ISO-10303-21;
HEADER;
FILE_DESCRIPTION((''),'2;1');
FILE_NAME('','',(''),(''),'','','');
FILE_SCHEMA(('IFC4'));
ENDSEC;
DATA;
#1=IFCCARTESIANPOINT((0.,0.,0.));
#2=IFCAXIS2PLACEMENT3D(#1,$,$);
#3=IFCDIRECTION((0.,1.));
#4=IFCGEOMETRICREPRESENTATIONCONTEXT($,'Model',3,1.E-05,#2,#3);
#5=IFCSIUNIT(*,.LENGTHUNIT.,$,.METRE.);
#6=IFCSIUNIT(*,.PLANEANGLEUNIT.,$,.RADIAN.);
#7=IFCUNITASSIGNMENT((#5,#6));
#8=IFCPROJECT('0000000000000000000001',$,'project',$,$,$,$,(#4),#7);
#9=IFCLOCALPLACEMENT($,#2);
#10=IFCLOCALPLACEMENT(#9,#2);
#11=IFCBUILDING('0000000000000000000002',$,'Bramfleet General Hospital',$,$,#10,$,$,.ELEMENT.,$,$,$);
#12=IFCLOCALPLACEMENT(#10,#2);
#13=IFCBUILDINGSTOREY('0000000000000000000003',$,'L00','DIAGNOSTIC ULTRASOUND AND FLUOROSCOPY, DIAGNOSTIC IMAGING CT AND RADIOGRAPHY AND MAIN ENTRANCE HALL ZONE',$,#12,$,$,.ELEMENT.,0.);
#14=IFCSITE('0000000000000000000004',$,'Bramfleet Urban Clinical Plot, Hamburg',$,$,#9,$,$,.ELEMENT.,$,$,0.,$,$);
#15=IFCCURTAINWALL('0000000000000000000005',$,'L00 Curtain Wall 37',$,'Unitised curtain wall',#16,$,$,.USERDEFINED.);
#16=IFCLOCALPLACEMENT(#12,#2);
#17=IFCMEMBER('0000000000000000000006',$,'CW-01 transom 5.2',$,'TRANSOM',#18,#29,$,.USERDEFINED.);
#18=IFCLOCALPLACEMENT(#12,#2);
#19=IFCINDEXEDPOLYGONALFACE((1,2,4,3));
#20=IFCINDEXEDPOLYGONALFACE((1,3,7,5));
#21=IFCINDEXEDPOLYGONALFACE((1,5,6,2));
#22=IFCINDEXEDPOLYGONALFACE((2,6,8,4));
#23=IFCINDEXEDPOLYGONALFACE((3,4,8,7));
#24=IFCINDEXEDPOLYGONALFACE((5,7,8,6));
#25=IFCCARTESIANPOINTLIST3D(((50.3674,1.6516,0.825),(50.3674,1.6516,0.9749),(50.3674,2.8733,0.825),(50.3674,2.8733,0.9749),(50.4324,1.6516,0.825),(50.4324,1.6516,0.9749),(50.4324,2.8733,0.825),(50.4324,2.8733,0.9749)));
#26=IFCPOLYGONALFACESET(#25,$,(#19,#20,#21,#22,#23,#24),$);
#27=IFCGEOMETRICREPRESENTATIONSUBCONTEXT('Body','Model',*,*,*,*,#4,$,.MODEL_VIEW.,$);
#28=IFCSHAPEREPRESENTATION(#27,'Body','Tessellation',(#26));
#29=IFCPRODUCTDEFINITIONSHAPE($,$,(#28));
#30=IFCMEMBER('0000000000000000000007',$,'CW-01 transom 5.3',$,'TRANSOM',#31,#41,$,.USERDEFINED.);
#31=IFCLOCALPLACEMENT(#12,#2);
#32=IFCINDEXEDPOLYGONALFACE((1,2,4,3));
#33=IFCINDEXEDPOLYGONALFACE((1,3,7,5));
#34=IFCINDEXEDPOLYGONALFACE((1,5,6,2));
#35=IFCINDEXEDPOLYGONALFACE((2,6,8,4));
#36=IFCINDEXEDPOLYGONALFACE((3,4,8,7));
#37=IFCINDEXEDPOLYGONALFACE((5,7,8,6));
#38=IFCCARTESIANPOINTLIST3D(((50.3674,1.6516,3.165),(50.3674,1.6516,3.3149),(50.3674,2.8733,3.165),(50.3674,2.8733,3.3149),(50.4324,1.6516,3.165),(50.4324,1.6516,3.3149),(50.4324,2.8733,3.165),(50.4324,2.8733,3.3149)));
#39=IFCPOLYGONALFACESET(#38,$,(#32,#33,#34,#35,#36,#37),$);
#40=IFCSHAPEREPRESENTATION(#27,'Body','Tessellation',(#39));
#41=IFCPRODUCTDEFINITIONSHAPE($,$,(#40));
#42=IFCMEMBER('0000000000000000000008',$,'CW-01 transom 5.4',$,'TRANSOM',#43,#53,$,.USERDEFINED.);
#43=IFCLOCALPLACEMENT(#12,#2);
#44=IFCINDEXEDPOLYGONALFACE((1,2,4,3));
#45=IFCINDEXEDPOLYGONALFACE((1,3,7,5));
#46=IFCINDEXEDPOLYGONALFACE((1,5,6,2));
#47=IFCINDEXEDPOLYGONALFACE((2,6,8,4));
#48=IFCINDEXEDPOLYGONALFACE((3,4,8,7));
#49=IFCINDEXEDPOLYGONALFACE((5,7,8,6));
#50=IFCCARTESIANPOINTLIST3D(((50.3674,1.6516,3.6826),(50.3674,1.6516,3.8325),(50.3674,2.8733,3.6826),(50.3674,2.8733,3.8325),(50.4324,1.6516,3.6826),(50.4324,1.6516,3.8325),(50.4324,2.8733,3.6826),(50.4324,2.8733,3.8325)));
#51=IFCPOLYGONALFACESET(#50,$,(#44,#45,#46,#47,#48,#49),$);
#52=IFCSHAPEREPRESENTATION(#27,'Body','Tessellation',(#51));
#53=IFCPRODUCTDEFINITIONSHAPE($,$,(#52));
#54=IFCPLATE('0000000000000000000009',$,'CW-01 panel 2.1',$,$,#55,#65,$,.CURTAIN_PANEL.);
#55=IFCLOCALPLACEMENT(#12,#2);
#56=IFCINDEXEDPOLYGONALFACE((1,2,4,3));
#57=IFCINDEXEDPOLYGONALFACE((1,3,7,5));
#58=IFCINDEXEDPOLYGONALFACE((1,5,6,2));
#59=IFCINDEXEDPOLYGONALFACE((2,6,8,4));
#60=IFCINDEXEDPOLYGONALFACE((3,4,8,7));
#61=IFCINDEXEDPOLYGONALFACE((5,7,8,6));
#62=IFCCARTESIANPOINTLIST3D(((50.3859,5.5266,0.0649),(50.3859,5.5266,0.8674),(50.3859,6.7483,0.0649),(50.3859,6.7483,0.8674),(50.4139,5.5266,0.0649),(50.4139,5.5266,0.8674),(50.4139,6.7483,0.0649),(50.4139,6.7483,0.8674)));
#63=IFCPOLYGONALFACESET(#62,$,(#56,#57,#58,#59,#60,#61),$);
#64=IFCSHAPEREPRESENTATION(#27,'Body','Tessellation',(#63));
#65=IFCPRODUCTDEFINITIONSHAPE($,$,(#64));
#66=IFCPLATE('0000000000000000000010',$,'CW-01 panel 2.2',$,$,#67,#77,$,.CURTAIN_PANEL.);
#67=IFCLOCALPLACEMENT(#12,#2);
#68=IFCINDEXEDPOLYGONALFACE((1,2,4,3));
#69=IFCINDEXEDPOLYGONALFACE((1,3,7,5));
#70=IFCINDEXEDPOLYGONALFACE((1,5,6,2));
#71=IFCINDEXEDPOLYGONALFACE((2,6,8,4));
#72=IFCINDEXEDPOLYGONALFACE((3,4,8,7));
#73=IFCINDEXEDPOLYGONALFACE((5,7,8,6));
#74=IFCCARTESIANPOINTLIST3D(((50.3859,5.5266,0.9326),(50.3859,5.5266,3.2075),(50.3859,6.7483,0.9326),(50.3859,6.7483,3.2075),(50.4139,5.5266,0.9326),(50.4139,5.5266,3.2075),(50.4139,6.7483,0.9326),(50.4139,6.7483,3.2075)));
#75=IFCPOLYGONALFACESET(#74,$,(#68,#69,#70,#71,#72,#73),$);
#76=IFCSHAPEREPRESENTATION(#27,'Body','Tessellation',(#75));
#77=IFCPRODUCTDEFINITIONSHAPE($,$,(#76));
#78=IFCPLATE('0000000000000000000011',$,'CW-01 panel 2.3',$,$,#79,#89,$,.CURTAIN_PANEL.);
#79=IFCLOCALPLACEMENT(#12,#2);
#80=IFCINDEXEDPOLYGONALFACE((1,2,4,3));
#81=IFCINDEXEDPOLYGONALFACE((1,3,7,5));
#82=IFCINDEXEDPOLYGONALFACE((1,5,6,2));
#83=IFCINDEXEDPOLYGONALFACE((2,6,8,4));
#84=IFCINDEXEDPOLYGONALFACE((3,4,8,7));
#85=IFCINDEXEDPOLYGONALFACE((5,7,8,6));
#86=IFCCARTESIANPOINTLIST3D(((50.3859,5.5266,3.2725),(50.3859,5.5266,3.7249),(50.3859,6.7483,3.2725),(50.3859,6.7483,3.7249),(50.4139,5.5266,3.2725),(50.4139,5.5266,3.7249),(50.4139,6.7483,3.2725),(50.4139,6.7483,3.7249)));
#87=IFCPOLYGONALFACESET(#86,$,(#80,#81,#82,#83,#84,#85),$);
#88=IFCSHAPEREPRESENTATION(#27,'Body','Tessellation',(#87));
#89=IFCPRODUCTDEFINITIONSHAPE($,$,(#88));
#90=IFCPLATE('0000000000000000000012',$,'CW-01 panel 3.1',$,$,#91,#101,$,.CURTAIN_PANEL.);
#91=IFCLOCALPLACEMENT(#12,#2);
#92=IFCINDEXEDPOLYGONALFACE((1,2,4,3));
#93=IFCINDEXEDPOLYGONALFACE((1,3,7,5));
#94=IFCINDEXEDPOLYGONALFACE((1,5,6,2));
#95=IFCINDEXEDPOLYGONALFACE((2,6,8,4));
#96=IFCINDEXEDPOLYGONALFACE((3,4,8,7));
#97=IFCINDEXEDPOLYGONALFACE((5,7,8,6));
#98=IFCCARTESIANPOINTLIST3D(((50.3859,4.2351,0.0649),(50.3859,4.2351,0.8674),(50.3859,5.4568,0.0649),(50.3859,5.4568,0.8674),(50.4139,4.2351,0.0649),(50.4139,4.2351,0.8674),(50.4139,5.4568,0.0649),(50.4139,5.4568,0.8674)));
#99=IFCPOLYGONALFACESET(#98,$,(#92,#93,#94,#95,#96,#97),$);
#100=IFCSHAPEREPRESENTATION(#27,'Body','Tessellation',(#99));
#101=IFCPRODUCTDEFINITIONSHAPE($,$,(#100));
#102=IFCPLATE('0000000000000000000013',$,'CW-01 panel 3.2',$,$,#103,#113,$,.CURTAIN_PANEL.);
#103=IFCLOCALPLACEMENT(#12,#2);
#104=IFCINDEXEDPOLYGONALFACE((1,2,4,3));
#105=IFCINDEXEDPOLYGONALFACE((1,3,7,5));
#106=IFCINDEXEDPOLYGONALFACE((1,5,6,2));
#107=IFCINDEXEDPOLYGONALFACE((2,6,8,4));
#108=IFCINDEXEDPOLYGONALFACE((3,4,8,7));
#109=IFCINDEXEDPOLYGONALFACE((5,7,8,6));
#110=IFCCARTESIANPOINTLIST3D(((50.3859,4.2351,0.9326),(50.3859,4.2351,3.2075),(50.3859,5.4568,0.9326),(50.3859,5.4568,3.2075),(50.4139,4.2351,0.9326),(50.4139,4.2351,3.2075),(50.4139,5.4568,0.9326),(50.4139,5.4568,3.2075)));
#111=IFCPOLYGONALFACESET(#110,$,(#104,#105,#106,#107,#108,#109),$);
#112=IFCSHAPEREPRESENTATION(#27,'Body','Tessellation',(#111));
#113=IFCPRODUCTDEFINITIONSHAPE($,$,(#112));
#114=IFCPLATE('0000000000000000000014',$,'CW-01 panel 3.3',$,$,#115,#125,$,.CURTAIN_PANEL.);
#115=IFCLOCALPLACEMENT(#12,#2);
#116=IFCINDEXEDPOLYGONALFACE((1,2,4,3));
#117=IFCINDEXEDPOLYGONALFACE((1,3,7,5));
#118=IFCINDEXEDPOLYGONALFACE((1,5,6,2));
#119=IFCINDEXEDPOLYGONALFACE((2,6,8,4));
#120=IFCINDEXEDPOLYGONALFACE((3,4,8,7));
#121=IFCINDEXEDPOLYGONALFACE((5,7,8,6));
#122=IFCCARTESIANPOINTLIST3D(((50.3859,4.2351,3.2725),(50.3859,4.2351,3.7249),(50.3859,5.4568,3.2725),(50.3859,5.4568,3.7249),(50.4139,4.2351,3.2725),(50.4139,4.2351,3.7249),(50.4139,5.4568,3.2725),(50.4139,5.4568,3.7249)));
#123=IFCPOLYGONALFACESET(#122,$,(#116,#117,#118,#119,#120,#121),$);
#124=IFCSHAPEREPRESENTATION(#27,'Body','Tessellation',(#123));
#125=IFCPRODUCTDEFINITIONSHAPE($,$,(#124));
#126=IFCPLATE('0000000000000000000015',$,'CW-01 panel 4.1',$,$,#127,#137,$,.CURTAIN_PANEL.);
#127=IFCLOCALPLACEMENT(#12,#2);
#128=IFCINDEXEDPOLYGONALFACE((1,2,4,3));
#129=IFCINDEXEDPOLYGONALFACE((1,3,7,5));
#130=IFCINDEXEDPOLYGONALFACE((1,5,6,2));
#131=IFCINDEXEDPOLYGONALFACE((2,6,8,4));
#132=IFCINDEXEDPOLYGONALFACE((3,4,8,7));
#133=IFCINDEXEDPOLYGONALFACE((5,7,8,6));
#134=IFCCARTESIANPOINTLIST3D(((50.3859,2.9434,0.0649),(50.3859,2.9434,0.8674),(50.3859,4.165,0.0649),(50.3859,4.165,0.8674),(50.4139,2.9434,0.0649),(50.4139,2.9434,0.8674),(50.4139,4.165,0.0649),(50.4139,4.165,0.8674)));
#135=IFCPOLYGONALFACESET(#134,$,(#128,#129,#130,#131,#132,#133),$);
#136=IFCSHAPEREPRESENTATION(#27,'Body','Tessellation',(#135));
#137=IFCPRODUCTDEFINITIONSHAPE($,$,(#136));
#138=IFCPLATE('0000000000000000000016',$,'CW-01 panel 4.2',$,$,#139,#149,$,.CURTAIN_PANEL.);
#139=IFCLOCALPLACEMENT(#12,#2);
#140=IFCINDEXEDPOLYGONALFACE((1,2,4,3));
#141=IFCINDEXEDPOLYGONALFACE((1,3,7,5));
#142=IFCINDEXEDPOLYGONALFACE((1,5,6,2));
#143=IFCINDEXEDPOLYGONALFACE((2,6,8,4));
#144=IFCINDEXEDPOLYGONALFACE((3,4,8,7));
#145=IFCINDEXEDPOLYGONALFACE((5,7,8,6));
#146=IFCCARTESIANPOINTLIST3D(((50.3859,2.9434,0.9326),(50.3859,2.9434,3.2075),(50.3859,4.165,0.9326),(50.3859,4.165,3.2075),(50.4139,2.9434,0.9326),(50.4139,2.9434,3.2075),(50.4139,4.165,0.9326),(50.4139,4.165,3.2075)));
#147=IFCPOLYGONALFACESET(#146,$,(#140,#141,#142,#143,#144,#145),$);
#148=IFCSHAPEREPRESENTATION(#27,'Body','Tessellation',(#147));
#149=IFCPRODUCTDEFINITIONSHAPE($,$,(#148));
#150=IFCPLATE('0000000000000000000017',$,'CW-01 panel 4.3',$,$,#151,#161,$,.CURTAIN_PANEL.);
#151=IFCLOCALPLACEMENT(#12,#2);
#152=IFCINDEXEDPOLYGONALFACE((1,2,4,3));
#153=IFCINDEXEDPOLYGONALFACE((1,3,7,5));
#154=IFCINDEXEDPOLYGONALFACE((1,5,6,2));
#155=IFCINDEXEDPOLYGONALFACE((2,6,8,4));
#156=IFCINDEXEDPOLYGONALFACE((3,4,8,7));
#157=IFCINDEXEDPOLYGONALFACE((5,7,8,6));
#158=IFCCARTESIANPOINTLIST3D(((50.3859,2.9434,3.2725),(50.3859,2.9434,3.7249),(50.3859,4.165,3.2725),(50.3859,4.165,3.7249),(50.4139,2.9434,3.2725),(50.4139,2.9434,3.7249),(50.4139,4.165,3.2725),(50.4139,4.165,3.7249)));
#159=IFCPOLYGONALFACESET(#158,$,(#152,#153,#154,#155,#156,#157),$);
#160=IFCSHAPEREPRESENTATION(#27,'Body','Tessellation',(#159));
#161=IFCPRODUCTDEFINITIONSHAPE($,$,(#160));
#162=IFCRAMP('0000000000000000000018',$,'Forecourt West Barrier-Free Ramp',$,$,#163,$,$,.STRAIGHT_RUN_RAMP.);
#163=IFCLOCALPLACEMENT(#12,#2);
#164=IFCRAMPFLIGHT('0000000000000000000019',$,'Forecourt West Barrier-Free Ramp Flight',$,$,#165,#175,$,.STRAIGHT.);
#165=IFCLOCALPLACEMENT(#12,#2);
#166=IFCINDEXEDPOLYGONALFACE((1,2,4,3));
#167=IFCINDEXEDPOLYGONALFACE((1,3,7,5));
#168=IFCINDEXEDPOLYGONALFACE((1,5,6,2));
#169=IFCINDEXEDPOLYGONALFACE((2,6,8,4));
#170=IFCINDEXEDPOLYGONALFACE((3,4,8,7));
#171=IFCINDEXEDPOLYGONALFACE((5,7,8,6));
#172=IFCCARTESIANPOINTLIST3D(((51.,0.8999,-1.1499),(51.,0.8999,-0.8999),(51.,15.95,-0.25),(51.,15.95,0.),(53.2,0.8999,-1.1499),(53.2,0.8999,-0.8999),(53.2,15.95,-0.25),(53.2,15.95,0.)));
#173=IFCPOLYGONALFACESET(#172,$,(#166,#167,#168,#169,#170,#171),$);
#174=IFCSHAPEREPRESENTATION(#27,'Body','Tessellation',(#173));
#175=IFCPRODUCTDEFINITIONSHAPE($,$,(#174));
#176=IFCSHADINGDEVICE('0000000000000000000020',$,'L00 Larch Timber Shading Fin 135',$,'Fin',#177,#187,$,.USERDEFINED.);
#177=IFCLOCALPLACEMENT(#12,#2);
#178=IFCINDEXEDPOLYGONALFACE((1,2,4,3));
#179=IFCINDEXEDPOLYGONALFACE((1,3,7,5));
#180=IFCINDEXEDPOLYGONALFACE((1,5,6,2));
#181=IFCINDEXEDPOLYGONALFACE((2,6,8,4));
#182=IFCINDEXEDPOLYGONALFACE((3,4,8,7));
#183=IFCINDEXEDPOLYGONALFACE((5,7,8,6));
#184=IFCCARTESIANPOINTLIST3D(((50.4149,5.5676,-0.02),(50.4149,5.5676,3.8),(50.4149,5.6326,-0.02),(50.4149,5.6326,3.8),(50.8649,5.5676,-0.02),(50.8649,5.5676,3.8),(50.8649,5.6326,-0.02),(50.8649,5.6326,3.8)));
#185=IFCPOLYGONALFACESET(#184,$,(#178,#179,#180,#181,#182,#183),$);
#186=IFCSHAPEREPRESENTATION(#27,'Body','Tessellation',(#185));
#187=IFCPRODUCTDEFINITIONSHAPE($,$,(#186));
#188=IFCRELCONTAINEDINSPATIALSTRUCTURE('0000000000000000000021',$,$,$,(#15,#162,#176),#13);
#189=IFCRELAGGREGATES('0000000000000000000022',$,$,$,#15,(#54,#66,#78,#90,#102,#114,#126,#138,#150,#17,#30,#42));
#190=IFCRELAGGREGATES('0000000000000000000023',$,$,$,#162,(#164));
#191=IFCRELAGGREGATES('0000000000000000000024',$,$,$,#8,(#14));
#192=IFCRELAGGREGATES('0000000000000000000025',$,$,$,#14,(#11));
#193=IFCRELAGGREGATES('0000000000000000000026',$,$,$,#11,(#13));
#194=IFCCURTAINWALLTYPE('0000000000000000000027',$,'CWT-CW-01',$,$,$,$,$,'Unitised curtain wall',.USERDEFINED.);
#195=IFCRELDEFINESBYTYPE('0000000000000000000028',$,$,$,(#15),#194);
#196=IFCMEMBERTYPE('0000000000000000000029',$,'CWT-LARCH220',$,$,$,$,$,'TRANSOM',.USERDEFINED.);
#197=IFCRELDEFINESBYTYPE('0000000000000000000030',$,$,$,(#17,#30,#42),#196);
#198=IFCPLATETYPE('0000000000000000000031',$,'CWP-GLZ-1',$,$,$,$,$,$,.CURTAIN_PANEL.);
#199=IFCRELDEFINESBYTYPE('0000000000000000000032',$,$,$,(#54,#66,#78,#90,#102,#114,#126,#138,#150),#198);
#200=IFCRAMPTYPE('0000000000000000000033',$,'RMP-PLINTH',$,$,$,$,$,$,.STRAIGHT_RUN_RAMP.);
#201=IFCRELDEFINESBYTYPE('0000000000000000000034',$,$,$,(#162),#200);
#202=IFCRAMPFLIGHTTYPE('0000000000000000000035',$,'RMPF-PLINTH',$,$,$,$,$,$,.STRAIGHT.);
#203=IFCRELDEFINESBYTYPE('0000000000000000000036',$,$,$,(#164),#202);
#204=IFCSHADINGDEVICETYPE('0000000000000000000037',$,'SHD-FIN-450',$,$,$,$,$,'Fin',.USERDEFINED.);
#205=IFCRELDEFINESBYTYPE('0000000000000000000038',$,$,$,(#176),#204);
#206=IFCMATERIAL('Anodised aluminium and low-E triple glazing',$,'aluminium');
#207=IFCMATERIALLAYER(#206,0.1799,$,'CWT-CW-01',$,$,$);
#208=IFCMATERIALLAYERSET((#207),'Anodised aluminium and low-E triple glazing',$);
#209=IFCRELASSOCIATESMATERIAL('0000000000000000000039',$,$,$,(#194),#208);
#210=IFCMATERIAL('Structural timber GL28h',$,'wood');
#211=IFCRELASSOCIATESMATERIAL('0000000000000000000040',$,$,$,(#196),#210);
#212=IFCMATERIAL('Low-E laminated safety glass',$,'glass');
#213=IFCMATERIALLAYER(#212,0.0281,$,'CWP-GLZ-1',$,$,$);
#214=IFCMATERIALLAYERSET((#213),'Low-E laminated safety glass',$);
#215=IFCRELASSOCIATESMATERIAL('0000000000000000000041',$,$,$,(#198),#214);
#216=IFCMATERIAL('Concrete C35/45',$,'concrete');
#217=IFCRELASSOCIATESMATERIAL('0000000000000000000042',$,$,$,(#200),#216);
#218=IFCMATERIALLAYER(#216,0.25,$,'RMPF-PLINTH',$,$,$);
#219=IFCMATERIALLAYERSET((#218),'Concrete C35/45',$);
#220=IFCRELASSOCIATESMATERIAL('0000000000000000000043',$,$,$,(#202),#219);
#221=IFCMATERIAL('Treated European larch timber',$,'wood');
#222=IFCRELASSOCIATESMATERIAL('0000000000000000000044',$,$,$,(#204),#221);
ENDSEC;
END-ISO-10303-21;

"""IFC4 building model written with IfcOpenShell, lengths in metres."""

from ifc_helpers import new_model, si_unit, direction, frame, origin, origin_2d, place, context, subcontext, project, spatial, polyline, rectangle, outline, extrude, material, layer, layer_set, material_profile, profile_set, type_object, element, aggregate, save


model = new_model("IFC4")

# Units and contexts
model_context = context("Model", 3, precision=1e-05, world=origin(), true_north=direction((0.0, 1.0)))
body_context = subcontext(model_context, "Body", "Model", "MODEL_VIEW")
ifc_project = project(units=[si_unit("LENGTHUNIT", "METRE"), si_unit("PLANEANGLEUNIT", "RADIAN")], contexts=[model_context])

# Site, building, storey
site_placement = place(None, origin())
site = spatial("IfcSite", under=ifc_project, at=site_placement, Name="Bramfleet Urban Clinical Plot, Hamburg", CompositionType="ELEMENT", RefElevation=0.0)
building_placement = place(site_placement, origin())
building = spatial("IfcBuilding", under=site, at=building_placement, Name="Bramfleet General Hospital", CompositionType="ELEMENT")
storey_placement = place(building_placement, origin())
storey = spatial("IfcBuildingStorey", under=building, at=storey_placement, Name="L00", Description="DIAGNOSTIC ULTRASOUND AND FLUOROSCOPY, DIAGNOSTIC IMAGING CT AND RADIOGRAPHY AND MAIN ENTRANCE HALL ZONE", CompositionType="ELEMENT", Elevation=0.0)

# Curtain wall, members, plates
ifc_material_1 = material(Name="Anodised aluminium and low-E triple glazing", Category="aluminium")
ifc_layer_1 = layer(ifc_material_1, 0.1799, Name="CWT-CW-01")
ifc_layer_set_1 = layer_set([ifc_layer_1], Name="Anodised aluminium and low-E triple glazing")
curtain_wall_type = type_object("IfcCurtainWallType", Name="CWT-CW-01", ElementType="Unitised curtain wall", PredefinedType="USERDEFINED", material=ifc_layer_set_1)
curtain_wall_placement = place(storey_placement, origin())
curtain_wall = element("IfcCurtainWall", 1, at=curtain_wall_placement, inside=storey, type_object=curtain_wall_type, Name="L00 Curtain Wall 37", ObjectType="Unitised curtain wall", PredefinedType="USERDEFINED")
ifc_material_2 = material(Name="Structural timber GL28h", Category="wood")
ifc_material_profile_1 = material_profile(ifc_material_2, rectangle(XDim=0.0649, YDim=0.1499, at=origin_2d()), Name="LARCH 150x65")
ifc_profile_set_1 = profile_set([ifc_material_profile_1], Name="Structural timber GL28h")
member_type_1 = type_object("IfcMemberType", Name="CWT-LARCH220", ElementType="TRANSOM", PredefinedType="USERDEFINED", material=ifc_profile_set_1)
member_1_placement = place(storey_placement, frame((50.3999, 2.8733, 0.8999), z_axis=(0.0, -1.0, 0.0), x_axis=(1.0, 0.0, 0.0)))
member_1 = element("IfcMember", 2, at=member_1_placement, type_object=member_type_1, Name="CW-01 transom 5.2", ObjectType="TRANSOM", PredefinedType="USERDEFINED", context=body_context, shape_type="SweptSolid", body=[
    extrude(rectangle(XDim=0.0649, YDim=0.1499, at=origin_2d()), origin(), (0.0, 0.0, 1.0), 1.2217),
])
member_2_placement = place(storey_placement, frame((50.3999, 2.8733, 3.24), z_axis=(0.0, -1.0, 0.0), x_axis=(1.0, 0.0, 0.0)))
member_2 = element("IfcMember", 3, at=member_2_placement, type_object=member_type_1, Name="CW-01 transom 5.3", ObjectType="TRANSOM", PredefinedType="USERDEFINED", context=body_context, shape_type="SweptSolid", body=[
    extrude(rectangle(XDim=0.0649, YDim=0.1499, at=origin_2d()), origin(), (0.0, 0.0, 1.0), 1.2217),
])
member_3_placement = place(storey_placement, frame((50.3999, 2.8733, 3.7576), z_axis=(0.0, -1.0, 0.0), x_axis=(1.0, 0.0, 0.0)))
member_3 = element("IfcMember", 4, at=member_3_placement, type_object=member_type_1, Name="CW-01 transom 5.4", ObjectType="TRANSOM", PredefinedType="USERDEFINED", context=body_context, shape_type="SweptSolid", body=[
    extrude(rectangle(XDim=0.0649, YDim=0.1499, at=origin_2d()), origin(), (0.0, 0.0, 1.0), 1.2217),
])
ifc_material_3 = material(Name="Low-E laminated safety glass", Category="glass")
ifc_layer_2 = layer(ifc_material_3, 0.0281, Name="CWP-GLZ-1")
ifc_layer_set_2 = layer_set([ifc_layer_2], Name="Low-E laminated safety glass")
plate_type = type_object("IfcPlateType", Name="CWP-GLZ-1", PredefinedType="CURTAIN_PANEL", material=ifc_layer_set_2)
plate_1_placement = place(storey_placement, frame((50.3999, 6.1375, 0.0649), z_axis=(0.0, 0.0, 1.0), x_axis=(0.0, -1.0, 0.0)))
plate_1 = element("IfcPlate", 5, at=plate_1_placement, type_object=plate_type, Name="CW-01 panel 2.1", PredefinedType="CURTAIN_PANEL", context=body_context, shape_type="SweptSolid", body=[
    extrude(rectangle(XDim=1.2217, YDim=0.0281, at=origin_2d()), origin(), (0.0, 0.0, 1.0), 0.8025),
])
plate_2_placement = place(storey_placement, frame((50.3999, 6.1375, 0.9326), z_axis=(0.0, 0.0, 1.0), x_axis=(0.0, -1.0, 0.0)))
plate_2 = element("IfcPlate", 6, at=plate_2_placement, type_object=plate_type, Name="CW-01 panel 2.2", PredefinedType="CURTAIN_PANEL", context=body_context, shape_type="SweptSolid", body=[
    extrude(rectangle(XDim=1.2217, YDim=0.0281, at=origin_2d()), origin(), (0.0, 0.0, 1.0), 2.2749),
])
plate_3_placement = place(storey_placement, frame((50.3999, 6.1375, 3.2725), z_axis=(0.0, 0.0, 1.0), x_axis=(0.0, -1.0, 0.0)))
plate_3 = element("IfcPlate", 7, at=plate_3_placement, type_object=plate_type, Name="CW-01 panel 2.3", PredefinedType="CURTAIN_PANEL", context=body_context, shape_type="SweptSolid", body=[
    extrude(rectangle(XDim=1.2217, YDim=0.0281, at=origin_2d()), origin(), (0.0, 0.0, 1.0), 0.4524),
])
plate_4_placement = place(storey_placement, frame((50.3999, 4.8459, 0.0649), z_axis=(0.0, 0.0, 1.0), x_axis=(0.0, -1.0, 0.0)))
plate_4 = element("IfcPlate", 8, at=plate_4_placement, type_object=plate_type, Name="CW-01 panel 3.1", PredefinedType="CURTAIN_PANEL", context=body_context, shape_type="SweptSolid", body=[
    extrude(rectangle(XDim=1.2217, YDim=0.0281, at=origin_2d()), origin(), (0.0, 0.0, 1.0), 0.8025),
])
plate_5_placement = place(storey_placement, frame((50.3999, 4.8459, 0.9326), z_axis=(0.0, 0.0, 1.0), x_axis=(0.0, -1.0, 0.0)))
plate_5 = element("IfcPlate", 9, at=plate_5_placement, type_object=plate_type, Name="CW-01 panel 3.2", PredefinedType="CURTAIN_PANEL", context=body_context, shape_type="SweptSolid", body=[
    extrude(rectangle(XDim=1.2217, YDim=0.0281, at=origin_2d()), origin(), (0.0, 0.0, 1.0), 2.2749),
])
plate_6_placement = place(storey_placement, frame((50.3999, 4.8459, 3.2725), z_axis=(0.0, 0.0, 1.0), x_axis=(0.0, -1.0, 0.0)))
plate_6 = element("IfcPlate", 10, at=plate_6_placement, type_object=plate_type, Name="CW-01 panel 3.3", PredefinedType="CURTAIN_PANEL", context=body_context, shape_type="SweptSolid", body=[
    extrude(rectangle(XDim=1.2217, YDim=0.0281, at=origin_2d()), origin(), (0.0, 0.0, 1.0), 0.4524),
])
plate_7_placement = place(storey_placement, frame((50.3999, 3.5542, 0.0649), z_axis=(0.0, 0.0, 1.0), x_axis=(0.0, -1.0, 0.0)))
plate_7 = element("IfcPlate", 11, at=plate_7_placement, type_object=plate_type, Name="CW-01 panel 4.1", PredefinedType="CURTAIN_PANEL", context=body_context, shape_type="SweptSolid", body=[
    extrude(rectangle(XDim=1.2217, YDim=0.0281, at=origin_2d()), origin(), (0.0, 0.0, 1.0), 0.8025),
])
plate_8_placement = place(storey_placement, frame((50.3999, 3.5542, 0.9326), z_axis=(0.0, 0.0, 1.0), x_axis=(0.0, -1.0, 0.0)))
plate_8 = element("IfcPlate", 12, at=plate_8_placement, type_object=plate_type, Name="CW-01 panel 4.2", PredefinedType="CURTAIN_PANEL", context=body_context, shape_type="SweptSolid", body=[
    extrude(rectangle(XDim=1.2217, YDim=0.0281, at=origin_2d()), origin(), (0.0, 0.0, 1.0), 2.2749),
])
plate_9_placement = place(storey_placement, frame((50.3999, 3.5542, 3.2725), z_axis=(0.0, 0.0, 1.0), x_axis=(0.0, -1.0, 0.0)))
plate_9 = element("IfcPlate", 13, at=plate_9_placement, type_object=plate_type, Name="CW-01 panel 4.3", PredefinedType="CURTAIN_PANEL", context=body_context, shape_type="SweptSolid", body=[
    extrude(rectangle(XDim=1.2217, YDim=0.0281, at=origin_2d()), origin(), (0.0, 0.0, 1.0), 0.4524),
])
aggregate(curtain_wall, [plate_1, plate_2, plate_3, plate_4, plate_5, plate_6, plate_7, plate_8, plate_9, member_1, member_2, member_3])

# Ramp, ramp flight
ifc_material_4 = material(Name="Concrete C35/45", Category="concrete")
ramp_type = type_object("IfcRampType", Name="RMP-PLINTH", PredefinedType="STRAIGHT_RUN_RAMP", material=ifc_material_4)
ramp_placement = place(storey_placement, origin())
ramp = element("IfcRamp", 14, at=ramp_placement, inside=storey, type_object=ramp_type, Name="Forecourt West Barrier-Free Ramp", PredefinedType="STRAIGHT_RUN_RAMP")
ifc_layer_3 = layer(ifc_material_4, 0.25, Name="RMPF-PLINTH")
ifc_layer_set_3 = layer_set([ifc_layer_3], Name="Concrete C35/45")
ramp_flight_type = type_object("IfcRampFlightType", Name="RMPF-PLINTH", PredefinedType="STRAIGHT", material=ifc_layer_set_3)
ramp_flight_placement = place(storey_placement, frame((52.1001, 0.8999, -0.8999), z_axis=(0.0, 0.0, 1.0), x_axis=(0.0, 1.0, 0.0)))
ramp_flight = element("IfcRampFlight", 15, at=ramp_flight_placement, type_object=ramp_flight_type, Name="Forecourt West Barrier-Free Ramp Flight", PredefinedType="STRAIGHT", context=body_context, shape_type="SweptSolid", body=[
    extrude(outline(polyline([(0.0, 0.0), (0.0, -0.25), (15.05, 0.6499), (15.05, 0.8999), (0.0, 0.0)])), frame((0.0, 1.1001, 0.0), z_axis=(0.0, -1.0, 0.0), x_axis=(1.0, 0.0, 0.0)), (0.0, 0.0, 1.0), 2.2),
])
aggregate(ramp, [ramp_flight])

# Shading device
ifc_material_5 = material(Name="Treated European larch timber", Category="wood")
ifc_material_profile_2 = material_profile(ifc_material_5, rectangle(XDim=0.0649, YDim=0.45, at=origin_2d()), Name="LARCH FIN 450x65")
ifc_profile_set_2 = profile_set([ifc_material_profile_2], Name="Treated European larch timber")
shading_device_type = type_object("IfcShadingDeviceType", Name="SHD-FIN-450", ElementType="Fin", PredefinedType="USERDEFINED", material=ifc_profile_set_2)
for number, where, z_axis, x_axis, name in (
    (16, (50.6399, 5.6001, -0.02), (0.0, 0.0, 1.0), (0.0, -1.0, 0.0), "L00 Larch Timber Shading Fin 135"),
):
    element("IfcShadingDevice", number, at=place(storey_placement, frame(where, z_axis=z_axis, x_axis=x_axis)), inside=storey, type_object=shading_device_type, Name=name, ObjectType="Fin", PredefinedType="USERDEFINED", context=body_context, shape_type="SweptSolid", body=[
        extrude(rectangle(XDim=0.0649, YDim=0.45, at=origin_2d()), origin(), (0.0, 0.0, 1.0), 3.8201),
    ])

save(model, "model.ifc")
